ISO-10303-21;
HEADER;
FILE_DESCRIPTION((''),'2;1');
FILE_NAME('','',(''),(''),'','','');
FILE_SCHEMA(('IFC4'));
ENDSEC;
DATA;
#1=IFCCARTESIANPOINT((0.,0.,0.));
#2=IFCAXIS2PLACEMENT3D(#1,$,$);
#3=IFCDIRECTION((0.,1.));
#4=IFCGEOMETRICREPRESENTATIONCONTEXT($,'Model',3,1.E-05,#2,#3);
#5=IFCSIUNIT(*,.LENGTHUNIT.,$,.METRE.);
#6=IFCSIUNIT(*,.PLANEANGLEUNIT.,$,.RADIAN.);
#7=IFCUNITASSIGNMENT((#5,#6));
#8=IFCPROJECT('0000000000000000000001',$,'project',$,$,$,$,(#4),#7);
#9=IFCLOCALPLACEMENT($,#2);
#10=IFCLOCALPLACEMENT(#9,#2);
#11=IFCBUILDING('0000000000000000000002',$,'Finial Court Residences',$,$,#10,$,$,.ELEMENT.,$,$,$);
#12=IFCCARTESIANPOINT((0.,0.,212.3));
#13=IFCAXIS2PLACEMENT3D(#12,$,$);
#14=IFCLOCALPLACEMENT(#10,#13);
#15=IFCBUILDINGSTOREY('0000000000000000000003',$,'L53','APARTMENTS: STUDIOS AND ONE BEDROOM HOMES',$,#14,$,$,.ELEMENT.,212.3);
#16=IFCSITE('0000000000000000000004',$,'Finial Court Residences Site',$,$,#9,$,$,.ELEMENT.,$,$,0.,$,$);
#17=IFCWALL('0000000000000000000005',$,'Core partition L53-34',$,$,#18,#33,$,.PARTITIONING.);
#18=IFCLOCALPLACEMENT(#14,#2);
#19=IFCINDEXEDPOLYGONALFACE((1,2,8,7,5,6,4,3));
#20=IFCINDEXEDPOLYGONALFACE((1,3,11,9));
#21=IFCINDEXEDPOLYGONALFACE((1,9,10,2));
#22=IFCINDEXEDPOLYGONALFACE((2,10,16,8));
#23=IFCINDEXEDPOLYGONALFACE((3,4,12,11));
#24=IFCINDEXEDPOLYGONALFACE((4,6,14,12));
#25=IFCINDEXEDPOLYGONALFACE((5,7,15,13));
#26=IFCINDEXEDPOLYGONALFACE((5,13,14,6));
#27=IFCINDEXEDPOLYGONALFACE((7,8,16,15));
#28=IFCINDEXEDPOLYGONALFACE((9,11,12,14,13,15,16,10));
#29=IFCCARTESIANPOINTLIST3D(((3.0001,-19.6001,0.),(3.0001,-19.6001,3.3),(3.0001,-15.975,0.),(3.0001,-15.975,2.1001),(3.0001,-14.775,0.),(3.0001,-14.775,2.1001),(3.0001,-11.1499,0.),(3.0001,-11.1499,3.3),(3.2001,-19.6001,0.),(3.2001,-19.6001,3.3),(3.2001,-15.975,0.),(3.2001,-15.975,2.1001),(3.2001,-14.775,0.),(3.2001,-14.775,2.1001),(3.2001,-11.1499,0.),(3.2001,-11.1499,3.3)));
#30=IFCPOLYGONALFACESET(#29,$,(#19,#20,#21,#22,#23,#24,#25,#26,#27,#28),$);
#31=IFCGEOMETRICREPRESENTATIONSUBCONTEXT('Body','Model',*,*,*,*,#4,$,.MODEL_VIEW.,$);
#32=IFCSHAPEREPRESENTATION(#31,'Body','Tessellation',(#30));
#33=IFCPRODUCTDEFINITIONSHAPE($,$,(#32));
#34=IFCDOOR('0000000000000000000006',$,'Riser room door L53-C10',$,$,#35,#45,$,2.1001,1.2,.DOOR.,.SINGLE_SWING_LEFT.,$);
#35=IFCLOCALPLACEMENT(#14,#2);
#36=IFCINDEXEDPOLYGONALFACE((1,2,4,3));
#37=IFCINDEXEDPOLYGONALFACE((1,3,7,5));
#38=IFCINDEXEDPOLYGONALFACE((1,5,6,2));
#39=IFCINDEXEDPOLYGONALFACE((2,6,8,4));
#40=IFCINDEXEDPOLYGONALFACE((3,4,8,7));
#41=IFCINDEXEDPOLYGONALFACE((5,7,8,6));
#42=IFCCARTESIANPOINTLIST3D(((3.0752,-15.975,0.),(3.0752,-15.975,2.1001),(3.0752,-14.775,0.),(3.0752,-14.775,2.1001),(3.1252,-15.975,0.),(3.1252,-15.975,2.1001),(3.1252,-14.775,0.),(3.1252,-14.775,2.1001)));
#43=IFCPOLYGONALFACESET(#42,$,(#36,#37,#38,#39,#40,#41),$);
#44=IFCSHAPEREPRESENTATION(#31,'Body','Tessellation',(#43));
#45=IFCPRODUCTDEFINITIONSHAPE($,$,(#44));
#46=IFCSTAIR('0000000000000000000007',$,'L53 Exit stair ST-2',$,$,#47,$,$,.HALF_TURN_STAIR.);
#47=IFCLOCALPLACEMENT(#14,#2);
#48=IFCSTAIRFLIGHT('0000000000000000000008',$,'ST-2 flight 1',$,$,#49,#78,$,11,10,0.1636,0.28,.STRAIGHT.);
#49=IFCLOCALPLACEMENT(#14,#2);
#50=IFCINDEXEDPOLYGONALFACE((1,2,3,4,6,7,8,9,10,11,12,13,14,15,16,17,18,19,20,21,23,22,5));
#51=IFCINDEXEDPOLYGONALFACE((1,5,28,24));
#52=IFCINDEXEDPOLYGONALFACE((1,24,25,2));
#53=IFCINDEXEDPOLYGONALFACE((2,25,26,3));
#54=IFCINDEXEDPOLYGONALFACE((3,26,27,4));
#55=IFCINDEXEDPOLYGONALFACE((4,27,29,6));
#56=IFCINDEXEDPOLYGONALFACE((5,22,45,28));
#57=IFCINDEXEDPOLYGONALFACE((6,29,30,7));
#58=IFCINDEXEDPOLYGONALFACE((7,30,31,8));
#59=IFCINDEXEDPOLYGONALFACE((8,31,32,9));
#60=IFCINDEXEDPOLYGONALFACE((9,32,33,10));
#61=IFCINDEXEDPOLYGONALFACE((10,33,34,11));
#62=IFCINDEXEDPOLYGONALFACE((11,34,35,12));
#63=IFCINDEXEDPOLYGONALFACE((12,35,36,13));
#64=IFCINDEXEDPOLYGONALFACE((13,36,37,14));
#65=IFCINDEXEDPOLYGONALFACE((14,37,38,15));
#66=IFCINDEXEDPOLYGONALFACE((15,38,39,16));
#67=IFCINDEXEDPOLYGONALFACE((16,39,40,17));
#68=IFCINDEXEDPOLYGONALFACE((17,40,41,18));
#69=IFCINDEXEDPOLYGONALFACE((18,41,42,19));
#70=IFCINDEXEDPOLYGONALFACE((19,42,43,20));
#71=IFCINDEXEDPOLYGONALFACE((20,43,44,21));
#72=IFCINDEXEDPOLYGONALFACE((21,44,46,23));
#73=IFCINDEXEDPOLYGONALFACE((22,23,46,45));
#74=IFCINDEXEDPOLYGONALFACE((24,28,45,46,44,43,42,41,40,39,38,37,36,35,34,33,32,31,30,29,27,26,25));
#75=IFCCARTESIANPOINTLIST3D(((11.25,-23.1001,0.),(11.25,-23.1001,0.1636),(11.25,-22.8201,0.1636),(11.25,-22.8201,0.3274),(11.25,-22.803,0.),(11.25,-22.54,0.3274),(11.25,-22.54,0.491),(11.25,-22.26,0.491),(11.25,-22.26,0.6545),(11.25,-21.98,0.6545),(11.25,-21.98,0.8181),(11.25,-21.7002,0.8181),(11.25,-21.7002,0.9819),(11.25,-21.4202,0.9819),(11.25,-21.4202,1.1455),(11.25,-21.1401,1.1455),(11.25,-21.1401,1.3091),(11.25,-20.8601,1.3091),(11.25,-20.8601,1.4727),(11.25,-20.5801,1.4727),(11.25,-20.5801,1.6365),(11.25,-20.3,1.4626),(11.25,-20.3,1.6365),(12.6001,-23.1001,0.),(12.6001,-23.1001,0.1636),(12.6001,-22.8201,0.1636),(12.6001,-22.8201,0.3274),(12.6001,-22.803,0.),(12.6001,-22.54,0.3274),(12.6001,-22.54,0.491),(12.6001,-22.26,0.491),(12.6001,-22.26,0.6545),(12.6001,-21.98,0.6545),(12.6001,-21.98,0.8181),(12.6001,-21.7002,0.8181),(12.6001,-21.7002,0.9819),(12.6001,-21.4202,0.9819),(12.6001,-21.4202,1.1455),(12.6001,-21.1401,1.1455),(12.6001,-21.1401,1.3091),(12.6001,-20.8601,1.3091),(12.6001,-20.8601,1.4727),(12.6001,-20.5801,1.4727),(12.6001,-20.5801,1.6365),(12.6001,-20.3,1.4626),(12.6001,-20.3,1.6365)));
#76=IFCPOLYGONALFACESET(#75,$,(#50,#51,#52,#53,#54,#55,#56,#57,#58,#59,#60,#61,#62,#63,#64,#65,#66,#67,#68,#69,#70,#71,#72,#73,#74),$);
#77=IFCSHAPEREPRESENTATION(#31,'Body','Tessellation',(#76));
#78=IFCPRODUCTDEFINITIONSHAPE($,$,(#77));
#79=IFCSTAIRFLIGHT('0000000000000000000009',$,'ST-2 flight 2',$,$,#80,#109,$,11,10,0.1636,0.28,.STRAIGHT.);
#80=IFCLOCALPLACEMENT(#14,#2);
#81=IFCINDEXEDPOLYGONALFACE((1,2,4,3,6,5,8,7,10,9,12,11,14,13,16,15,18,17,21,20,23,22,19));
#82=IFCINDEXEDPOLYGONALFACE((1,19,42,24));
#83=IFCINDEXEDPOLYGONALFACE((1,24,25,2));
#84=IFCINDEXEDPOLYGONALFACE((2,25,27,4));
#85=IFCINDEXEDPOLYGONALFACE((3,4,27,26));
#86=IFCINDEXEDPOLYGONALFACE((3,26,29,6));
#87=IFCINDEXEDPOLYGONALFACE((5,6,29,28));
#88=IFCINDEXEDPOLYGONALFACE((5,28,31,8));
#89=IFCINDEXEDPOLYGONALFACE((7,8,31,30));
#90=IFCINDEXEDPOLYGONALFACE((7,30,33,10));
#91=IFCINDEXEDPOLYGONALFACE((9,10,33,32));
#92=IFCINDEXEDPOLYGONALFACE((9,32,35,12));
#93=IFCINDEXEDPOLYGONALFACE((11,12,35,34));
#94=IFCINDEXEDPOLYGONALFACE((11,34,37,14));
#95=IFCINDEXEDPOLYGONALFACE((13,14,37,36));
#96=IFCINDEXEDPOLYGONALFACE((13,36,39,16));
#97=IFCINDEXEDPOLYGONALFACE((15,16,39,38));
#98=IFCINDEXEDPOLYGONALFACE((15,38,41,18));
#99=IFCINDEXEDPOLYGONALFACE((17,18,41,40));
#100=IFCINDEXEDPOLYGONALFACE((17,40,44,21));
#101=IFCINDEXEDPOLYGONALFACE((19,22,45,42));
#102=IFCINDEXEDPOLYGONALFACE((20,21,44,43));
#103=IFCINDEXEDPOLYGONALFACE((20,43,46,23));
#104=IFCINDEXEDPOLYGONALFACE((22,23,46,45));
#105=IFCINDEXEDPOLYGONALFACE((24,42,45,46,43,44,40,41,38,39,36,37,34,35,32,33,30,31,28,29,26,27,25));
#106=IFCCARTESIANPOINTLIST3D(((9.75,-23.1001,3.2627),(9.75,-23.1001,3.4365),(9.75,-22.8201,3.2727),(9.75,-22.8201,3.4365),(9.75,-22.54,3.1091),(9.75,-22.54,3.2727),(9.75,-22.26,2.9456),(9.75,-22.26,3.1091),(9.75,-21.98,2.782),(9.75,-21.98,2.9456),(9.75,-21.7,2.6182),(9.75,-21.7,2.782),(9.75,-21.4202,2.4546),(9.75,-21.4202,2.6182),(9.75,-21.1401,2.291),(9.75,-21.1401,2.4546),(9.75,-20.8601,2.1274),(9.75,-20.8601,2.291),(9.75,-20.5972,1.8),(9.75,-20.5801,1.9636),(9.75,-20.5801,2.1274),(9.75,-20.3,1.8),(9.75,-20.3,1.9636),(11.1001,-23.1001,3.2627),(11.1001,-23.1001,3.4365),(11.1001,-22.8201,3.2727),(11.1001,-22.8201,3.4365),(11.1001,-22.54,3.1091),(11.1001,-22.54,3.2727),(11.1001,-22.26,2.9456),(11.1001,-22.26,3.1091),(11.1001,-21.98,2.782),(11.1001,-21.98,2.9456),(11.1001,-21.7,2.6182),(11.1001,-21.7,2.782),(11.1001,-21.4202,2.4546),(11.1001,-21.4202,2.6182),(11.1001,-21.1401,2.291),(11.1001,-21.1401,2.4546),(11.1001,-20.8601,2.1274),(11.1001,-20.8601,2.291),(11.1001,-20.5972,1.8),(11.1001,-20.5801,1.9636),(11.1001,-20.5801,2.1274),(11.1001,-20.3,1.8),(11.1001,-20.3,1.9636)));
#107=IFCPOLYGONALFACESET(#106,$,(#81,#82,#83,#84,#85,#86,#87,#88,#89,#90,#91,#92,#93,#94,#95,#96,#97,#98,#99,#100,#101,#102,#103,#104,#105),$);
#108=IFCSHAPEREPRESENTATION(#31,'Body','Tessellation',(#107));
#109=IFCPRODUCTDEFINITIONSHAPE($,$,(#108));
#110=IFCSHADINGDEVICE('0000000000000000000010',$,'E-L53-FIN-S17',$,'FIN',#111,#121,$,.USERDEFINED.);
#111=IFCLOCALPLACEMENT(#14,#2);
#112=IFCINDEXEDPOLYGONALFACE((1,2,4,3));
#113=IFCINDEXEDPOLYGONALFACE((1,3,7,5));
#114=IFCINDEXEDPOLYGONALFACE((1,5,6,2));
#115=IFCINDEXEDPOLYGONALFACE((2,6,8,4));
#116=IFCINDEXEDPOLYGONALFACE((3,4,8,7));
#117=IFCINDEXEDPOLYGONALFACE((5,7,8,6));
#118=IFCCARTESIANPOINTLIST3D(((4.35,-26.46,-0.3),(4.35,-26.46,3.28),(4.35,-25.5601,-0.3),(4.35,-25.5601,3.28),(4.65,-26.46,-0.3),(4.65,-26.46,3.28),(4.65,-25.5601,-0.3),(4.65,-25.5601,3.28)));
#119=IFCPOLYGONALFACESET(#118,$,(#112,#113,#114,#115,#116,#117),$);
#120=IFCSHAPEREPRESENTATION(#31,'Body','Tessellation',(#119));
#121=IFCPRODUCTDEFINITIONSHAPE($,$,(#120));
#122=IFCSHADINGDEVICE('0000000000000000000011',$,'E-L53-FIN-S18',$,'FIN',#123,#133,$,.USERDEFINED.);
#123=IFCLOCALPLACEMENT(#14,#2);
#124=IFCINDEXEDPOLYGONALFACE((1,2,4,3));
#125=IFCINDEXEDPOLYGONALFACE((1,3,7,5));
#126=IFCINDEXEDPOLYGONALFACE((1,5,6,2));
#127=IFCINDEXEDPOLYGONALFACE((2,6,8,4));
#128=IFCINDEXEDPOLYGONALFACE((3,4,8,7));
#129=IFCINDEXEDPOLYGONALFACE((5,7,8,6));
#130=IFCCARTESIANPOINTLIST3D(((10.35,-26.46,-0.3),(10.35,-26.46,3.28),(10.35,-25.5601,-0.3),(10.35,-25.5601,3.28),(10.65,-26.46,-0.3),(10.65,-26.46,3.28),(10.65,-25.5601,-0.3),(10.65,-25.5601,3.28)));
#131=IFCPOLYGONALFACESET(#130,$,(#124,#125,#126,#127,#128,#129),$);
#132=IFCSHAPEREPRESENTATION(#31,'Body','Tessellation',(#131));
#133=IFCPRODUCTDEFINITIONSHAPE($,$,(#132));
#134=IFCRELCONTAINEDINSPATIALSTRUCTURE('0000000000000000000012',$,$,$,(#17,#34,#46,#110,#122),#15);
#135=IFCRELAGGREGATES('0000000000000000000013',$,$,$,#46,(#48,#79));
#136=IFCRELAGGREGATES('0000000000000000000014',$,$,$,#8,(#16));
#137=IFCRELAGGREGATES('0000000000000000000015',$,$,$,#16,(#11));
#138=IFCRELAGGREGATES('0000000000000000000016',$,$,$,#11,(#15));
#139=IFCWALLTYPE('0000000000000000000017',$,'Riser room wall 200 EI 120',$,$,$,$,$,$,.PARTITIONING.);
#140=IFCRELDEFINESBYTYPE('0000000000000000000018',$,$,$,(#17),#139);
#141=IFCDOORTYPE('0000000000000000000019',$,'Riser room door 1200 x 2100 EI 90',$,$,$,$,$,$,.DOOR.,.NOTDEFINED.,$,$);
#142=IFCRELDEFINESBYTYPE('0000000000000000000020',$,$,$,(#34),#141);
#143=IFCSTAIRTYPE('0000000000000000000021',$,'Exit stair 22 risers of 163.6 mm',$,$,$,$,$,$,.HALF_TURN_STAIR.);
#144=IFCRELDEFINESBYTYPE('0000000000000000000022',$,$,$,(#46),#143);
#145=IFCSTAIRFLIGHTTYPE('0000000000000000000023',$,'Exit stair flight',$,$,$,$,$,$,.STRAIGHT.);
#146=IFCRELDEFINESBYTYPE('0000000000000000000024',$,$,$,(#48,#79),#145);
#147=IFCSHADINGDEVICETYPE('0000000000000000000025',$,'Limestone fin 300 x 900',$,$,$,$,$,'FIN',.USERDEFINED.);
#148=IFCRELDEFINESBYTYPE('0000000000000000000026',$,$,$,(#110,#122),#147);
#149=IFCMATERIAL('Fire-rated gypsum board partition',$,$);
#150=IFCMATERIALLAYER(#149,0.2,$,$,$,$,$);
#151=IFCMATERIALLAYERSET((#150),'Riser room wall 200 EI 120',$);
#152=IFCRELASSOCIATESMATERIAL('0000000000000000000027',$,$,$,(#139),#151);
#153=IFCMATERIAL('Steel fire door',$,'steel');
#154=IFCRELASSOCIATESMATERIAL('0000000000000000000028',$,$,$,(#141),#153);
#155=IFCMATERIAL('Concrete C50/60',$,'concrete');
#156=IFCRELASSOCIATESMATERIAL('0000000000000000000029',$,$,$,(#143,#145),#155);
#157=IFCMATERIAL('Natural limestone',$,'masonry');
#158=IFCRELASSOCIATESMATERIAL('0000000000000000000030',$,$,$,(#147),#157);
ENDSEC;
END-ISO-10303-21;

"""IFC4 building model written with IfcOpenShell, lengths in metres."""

from ifc_helpers import new_model, si_unit, direction, frame, frame_2d, origin, origin_2d, place, context, subcontext, project, spatial, polyline, rectangle, outline, extrude, material, layer, layer_set, type_object, element, fill, aggregate, save


model = new_model("IFC4")

# Units and contexts
model_context = context("Model", 3, precision=1e-05, world=origin(), true_north=direction((0.0, 1.0)))
body_context = subcontext(model_context, "Body", "Model", "MODEL_VIEW")
ifc_project = project(units=[si_unit("LENGTHUNIT", "METRE"), si_unit("PLANEANGLEUNIT", "RADIAN")], contexts=[model_context])

# Site, building, storey
site_placement = place(None, origin())
site = spatial("IfcSite", under=ifc_project, at=site_placement, Name="Finial Court Residences Site", CompositionType="ELEMENT", RefElevation=0.0)
building_placement = place(site_placement, origin())
building = spatial("IfcBuilding", under=site, at=building_placement, Name="Finial Court Residences", CompositionType="ELEMENT")
storey_placement = place(building_placement, frame((0.0, 0.0, 212.3)))
storey = spatial("IfcBuildingStorey", under=building, at=storey_placement, Name="L53", Description="APARTMENTS: STUDIOS AND ONE BEDROOM HOMES", CompositionType="ELEMENT", Elevation=212.3)

# Shared definitions
ifc_material_1 = material(Name="Fire-rated gypsum board partition")
ifc_material_2 = material(Name="Steel fire door", Category="steel")

# Shared definitions
ifc_layer_1 = layer(ifc_material_1, 0.2)
ifc_layer_set_1 = layer_set([ifc_layer_1], Name="Riser room wall 200 EI 120")
wall_type_1 = type_object("IfcWallType", Name="Riser room wall 200 EI 120", PredefinedType="PARTITIONING", material=ifc_layer_set_1)

# Wall, opening, door
wall_1_placement = place(storey_placement, frame((3.1001, -19.6001, 0.0), z_axis=(0.0, 0.0, 1.0), x_axis=(0.0, 1.0, 0.0)))
wall_1 = element("IfcWall", 1, at=wall_1_placement, inside=storey, type_object=wall_type_1, Name="Core partition L53-34", PredefinedType="PARTITIONING", context=body_context, shape_type="SweptSolid", body=[
    extrude(rectangle(XDim=8.4502, YDim=0.2, at=frame_2d((4.2251, 0.0))), origin(), (0.0, 0.0, 1.0), 3.3),
])
opening_1_placement = place(wall_1_placement, frame((3.625, 0.0, 0.0)))
opening_1 = element("IfcOpeningElement", 2, at=opening_1_placement, cuts=wall_1, PredefinedType="OPENING", context=body_context, shape_type="SweptSolid", body=[
    extrude(rectangle(XDim=1.2, YDim=2.1001, at=frame_2d((0.6001, 1.05))), frame((0.0, 0.1099, 0.0), z_axis=(0.0, -1.0, 0.0), x_axis=(1.0, 0.0, 0.0)), (0.0, 0.0, 1.0), 0.22),
])
door_type_1 = type_object("IfcDoorType", Name="Riser room door 1200 x 2100 EI 90", OperationType="NOTDEFINED", PredefinedType="DOOR", material=ifc_material_2)
door_1_placement = place(opening_1_placement, origin())
door_1 = element("IfcDoor", 3, at=door_1_placement, inside=storey, type_object=door_type_1, Name="Riser room door L53-C10", OperationType="SINGLE_SWING_LEFT", OverallHeight=2.1001, OverallWidth=1.2, PredefinedType="DOOR", context=body_context, shape_type="SweptSolid", body=[
    extrude(rectangle(XDim=1.2, YDim=2.1001, at=frame_2d((0.6001, 1.05))), frame((0.0, 0.0249, 0.0), z_axis=(0.0, -1.0, 0.0), x_axis=(1.0, 0.0, 0.0)), (0.0, 0.0, 1.0), 0.05),
])
fill(opening_1, door_1)

# Stair, stair flights
ifc_material_3 = material(Name="Concrete C50/60", Category="concrete")
stair_type = type_object("IfcStairType", Name="Exit stair 22 risers of 163.6 mm", PredefinedType="HALF_TURN_STAIR", material=ifc_material_3)
stair_placement = place(storey_placement, origin())
stair = element("IfcStair", 4, at=stair_placement, inside=storey, type_object=stair_type, Name="L53 Exit stair ST-2", PredefinedType="HALF_TURN_STAIR")
stair_flight_type = type_object("IfcStairFlightType", Name="Exit stair flight", PredefinedType="STRAIGHT", material=ifc_material_3)
stair_flight_1_placement = place(storey_placement, frame((11.925, -23.1001, 0.0), z_axis=(0.0, 0.0, 1.0), x_axis=(0.0, 1.0, 0.0)))
stair_flight_1 = element("IfcStairFlight", 5, at=stair_flight_1_placement, type_object=stair_flight_type, Name="ST-2 flight 1", NumberOfRisers=11, NumberOfTreads=10, PredefinedType="STRAIGHT", RiserHeight=0.1636, TreadLength=0.28, context=body_context, shape_type="SweptSolid", body=[
    extrude(outline(polyline([(0.0, 0.0), (0.0, 0.1636), (0.28, 0.1636), (0.28, 0.3274), (0.5601, 0.3274), (0.5601, 0.491), (0.8401, 0.491), (0.8401, 0.6545), (1.1201, 0.6545), (1.1201, 0.8181), (1.3999, 0.8181), (1.3999, 0.9819), (1.6799, 0.9819), (1.6799, 1.1455), (1.96, 1.1455), (1.96, 1.3091), (2.24, 1.3091), (2.24, 1.4727), (2.52, 1.4727), (2.52, 1.6365), (2.8, 1.6365), (2.8, 1.8), (2.8, 1.4626), (0.2971, 0.0), (0.0, 0.0)])), frame((0.0, 0.675, 0.0), z_axis=(0.0, -1.0, 0.0), x_axis=(1.0, 0.0, 0.0)), (0.0, 0.0, 1.0), 1.3501),
])
stair_flight_2_placement = place(storey_placement, frame((10.425, -20.3, 1.8), z_axis=(0.0, 0.0, 1.0), x_axis=(0.0, -1.0, 0.0)))
stair_flight_2 = element("IfcStairFlight", 6, at=stair_flight_2_placement, type_object=stair_flight_type, Name="ST-2 flight 2", NumberOfRisers=11, NumberOfTreads=10, PredefinedType="STRAIGHT", RiserHeight=0.1636, TreadLength=0.28, context=body_context, shape_type="SweptSolid", body=[
    extrude(outline(polyline([(0.0, 0.0), (0.0, 0.1636), (0.28, 0.1636), (0.28, 0.3274), (0.5601, 0.3274), (0.5601, 0.491), (0.8401, 0.491), (0.8401, 0.6545), (1.1201, 0.6545), (1.1201, 0.8181), (1.3999, 0.8181), (1.3999, 0.9819), (1.6799, 0.9819), (1.6799, 1.1455), (1.96, 1.1455), (1.96, 1.3091), (2.24, 1.3091), (2.24, 1.4727), (2.52, 1.4727), (2.52, 1.6365), (2.8, 1.6365), (2.8, 1.8), (2.8, 1.4626), (0.2971, 0.0), (0.0, 0.0)])), frame((0.0, 0.675, 0.0), z_axis=(0.0, -1.0, 0.0), x_axis=(1.0, 0.0, 0.0)), (0.0, 0.0, 1.0), 1.3501),
])
aggregate(stair, [stair_flight_1, stair_flight_2])

# Shading devices
ifc_material_4 = material(Name="Natural limestone", Category="masonry")
shading_device_type = type_object("IfcShadingDeviceType", Name="Limestone fin 300 x 900", ElementType="FIN", PredefinedType="USERDEFINED", material=ifc_material_4)
for number, where, z_axis, x_axis, name in (
    (7, (4.5, -26.01, -0.3), (0.0, 0.0, 1.0), (1.0, 0.0, 0.0), "E-L53-FIN-S17"),
    (8, (10.5, -26.01, -0.3), (0.0, 0.0, 1.0), (1.0, 0.0, 0.0), "E-L53-FIN-S18"),
):
    element("IfcShadingDevice", number, at=place(storey_placement, frame(where, z_axis=z_axis, x_axis=x_axis)), inside=storey, type_object=shading_device_type, Name=name, ObjectType="FIN", PredefinedType="USERDEFINED", context=body_context, shape_type="SweptSolid", body=[
        extrude(rectangle(XDim=0.3, YDim=0.8999, at=origin_2d()), origin(), (0.0, 0.0, 1.0), 3.5801),
    ])

save(model, "model.ifc")
